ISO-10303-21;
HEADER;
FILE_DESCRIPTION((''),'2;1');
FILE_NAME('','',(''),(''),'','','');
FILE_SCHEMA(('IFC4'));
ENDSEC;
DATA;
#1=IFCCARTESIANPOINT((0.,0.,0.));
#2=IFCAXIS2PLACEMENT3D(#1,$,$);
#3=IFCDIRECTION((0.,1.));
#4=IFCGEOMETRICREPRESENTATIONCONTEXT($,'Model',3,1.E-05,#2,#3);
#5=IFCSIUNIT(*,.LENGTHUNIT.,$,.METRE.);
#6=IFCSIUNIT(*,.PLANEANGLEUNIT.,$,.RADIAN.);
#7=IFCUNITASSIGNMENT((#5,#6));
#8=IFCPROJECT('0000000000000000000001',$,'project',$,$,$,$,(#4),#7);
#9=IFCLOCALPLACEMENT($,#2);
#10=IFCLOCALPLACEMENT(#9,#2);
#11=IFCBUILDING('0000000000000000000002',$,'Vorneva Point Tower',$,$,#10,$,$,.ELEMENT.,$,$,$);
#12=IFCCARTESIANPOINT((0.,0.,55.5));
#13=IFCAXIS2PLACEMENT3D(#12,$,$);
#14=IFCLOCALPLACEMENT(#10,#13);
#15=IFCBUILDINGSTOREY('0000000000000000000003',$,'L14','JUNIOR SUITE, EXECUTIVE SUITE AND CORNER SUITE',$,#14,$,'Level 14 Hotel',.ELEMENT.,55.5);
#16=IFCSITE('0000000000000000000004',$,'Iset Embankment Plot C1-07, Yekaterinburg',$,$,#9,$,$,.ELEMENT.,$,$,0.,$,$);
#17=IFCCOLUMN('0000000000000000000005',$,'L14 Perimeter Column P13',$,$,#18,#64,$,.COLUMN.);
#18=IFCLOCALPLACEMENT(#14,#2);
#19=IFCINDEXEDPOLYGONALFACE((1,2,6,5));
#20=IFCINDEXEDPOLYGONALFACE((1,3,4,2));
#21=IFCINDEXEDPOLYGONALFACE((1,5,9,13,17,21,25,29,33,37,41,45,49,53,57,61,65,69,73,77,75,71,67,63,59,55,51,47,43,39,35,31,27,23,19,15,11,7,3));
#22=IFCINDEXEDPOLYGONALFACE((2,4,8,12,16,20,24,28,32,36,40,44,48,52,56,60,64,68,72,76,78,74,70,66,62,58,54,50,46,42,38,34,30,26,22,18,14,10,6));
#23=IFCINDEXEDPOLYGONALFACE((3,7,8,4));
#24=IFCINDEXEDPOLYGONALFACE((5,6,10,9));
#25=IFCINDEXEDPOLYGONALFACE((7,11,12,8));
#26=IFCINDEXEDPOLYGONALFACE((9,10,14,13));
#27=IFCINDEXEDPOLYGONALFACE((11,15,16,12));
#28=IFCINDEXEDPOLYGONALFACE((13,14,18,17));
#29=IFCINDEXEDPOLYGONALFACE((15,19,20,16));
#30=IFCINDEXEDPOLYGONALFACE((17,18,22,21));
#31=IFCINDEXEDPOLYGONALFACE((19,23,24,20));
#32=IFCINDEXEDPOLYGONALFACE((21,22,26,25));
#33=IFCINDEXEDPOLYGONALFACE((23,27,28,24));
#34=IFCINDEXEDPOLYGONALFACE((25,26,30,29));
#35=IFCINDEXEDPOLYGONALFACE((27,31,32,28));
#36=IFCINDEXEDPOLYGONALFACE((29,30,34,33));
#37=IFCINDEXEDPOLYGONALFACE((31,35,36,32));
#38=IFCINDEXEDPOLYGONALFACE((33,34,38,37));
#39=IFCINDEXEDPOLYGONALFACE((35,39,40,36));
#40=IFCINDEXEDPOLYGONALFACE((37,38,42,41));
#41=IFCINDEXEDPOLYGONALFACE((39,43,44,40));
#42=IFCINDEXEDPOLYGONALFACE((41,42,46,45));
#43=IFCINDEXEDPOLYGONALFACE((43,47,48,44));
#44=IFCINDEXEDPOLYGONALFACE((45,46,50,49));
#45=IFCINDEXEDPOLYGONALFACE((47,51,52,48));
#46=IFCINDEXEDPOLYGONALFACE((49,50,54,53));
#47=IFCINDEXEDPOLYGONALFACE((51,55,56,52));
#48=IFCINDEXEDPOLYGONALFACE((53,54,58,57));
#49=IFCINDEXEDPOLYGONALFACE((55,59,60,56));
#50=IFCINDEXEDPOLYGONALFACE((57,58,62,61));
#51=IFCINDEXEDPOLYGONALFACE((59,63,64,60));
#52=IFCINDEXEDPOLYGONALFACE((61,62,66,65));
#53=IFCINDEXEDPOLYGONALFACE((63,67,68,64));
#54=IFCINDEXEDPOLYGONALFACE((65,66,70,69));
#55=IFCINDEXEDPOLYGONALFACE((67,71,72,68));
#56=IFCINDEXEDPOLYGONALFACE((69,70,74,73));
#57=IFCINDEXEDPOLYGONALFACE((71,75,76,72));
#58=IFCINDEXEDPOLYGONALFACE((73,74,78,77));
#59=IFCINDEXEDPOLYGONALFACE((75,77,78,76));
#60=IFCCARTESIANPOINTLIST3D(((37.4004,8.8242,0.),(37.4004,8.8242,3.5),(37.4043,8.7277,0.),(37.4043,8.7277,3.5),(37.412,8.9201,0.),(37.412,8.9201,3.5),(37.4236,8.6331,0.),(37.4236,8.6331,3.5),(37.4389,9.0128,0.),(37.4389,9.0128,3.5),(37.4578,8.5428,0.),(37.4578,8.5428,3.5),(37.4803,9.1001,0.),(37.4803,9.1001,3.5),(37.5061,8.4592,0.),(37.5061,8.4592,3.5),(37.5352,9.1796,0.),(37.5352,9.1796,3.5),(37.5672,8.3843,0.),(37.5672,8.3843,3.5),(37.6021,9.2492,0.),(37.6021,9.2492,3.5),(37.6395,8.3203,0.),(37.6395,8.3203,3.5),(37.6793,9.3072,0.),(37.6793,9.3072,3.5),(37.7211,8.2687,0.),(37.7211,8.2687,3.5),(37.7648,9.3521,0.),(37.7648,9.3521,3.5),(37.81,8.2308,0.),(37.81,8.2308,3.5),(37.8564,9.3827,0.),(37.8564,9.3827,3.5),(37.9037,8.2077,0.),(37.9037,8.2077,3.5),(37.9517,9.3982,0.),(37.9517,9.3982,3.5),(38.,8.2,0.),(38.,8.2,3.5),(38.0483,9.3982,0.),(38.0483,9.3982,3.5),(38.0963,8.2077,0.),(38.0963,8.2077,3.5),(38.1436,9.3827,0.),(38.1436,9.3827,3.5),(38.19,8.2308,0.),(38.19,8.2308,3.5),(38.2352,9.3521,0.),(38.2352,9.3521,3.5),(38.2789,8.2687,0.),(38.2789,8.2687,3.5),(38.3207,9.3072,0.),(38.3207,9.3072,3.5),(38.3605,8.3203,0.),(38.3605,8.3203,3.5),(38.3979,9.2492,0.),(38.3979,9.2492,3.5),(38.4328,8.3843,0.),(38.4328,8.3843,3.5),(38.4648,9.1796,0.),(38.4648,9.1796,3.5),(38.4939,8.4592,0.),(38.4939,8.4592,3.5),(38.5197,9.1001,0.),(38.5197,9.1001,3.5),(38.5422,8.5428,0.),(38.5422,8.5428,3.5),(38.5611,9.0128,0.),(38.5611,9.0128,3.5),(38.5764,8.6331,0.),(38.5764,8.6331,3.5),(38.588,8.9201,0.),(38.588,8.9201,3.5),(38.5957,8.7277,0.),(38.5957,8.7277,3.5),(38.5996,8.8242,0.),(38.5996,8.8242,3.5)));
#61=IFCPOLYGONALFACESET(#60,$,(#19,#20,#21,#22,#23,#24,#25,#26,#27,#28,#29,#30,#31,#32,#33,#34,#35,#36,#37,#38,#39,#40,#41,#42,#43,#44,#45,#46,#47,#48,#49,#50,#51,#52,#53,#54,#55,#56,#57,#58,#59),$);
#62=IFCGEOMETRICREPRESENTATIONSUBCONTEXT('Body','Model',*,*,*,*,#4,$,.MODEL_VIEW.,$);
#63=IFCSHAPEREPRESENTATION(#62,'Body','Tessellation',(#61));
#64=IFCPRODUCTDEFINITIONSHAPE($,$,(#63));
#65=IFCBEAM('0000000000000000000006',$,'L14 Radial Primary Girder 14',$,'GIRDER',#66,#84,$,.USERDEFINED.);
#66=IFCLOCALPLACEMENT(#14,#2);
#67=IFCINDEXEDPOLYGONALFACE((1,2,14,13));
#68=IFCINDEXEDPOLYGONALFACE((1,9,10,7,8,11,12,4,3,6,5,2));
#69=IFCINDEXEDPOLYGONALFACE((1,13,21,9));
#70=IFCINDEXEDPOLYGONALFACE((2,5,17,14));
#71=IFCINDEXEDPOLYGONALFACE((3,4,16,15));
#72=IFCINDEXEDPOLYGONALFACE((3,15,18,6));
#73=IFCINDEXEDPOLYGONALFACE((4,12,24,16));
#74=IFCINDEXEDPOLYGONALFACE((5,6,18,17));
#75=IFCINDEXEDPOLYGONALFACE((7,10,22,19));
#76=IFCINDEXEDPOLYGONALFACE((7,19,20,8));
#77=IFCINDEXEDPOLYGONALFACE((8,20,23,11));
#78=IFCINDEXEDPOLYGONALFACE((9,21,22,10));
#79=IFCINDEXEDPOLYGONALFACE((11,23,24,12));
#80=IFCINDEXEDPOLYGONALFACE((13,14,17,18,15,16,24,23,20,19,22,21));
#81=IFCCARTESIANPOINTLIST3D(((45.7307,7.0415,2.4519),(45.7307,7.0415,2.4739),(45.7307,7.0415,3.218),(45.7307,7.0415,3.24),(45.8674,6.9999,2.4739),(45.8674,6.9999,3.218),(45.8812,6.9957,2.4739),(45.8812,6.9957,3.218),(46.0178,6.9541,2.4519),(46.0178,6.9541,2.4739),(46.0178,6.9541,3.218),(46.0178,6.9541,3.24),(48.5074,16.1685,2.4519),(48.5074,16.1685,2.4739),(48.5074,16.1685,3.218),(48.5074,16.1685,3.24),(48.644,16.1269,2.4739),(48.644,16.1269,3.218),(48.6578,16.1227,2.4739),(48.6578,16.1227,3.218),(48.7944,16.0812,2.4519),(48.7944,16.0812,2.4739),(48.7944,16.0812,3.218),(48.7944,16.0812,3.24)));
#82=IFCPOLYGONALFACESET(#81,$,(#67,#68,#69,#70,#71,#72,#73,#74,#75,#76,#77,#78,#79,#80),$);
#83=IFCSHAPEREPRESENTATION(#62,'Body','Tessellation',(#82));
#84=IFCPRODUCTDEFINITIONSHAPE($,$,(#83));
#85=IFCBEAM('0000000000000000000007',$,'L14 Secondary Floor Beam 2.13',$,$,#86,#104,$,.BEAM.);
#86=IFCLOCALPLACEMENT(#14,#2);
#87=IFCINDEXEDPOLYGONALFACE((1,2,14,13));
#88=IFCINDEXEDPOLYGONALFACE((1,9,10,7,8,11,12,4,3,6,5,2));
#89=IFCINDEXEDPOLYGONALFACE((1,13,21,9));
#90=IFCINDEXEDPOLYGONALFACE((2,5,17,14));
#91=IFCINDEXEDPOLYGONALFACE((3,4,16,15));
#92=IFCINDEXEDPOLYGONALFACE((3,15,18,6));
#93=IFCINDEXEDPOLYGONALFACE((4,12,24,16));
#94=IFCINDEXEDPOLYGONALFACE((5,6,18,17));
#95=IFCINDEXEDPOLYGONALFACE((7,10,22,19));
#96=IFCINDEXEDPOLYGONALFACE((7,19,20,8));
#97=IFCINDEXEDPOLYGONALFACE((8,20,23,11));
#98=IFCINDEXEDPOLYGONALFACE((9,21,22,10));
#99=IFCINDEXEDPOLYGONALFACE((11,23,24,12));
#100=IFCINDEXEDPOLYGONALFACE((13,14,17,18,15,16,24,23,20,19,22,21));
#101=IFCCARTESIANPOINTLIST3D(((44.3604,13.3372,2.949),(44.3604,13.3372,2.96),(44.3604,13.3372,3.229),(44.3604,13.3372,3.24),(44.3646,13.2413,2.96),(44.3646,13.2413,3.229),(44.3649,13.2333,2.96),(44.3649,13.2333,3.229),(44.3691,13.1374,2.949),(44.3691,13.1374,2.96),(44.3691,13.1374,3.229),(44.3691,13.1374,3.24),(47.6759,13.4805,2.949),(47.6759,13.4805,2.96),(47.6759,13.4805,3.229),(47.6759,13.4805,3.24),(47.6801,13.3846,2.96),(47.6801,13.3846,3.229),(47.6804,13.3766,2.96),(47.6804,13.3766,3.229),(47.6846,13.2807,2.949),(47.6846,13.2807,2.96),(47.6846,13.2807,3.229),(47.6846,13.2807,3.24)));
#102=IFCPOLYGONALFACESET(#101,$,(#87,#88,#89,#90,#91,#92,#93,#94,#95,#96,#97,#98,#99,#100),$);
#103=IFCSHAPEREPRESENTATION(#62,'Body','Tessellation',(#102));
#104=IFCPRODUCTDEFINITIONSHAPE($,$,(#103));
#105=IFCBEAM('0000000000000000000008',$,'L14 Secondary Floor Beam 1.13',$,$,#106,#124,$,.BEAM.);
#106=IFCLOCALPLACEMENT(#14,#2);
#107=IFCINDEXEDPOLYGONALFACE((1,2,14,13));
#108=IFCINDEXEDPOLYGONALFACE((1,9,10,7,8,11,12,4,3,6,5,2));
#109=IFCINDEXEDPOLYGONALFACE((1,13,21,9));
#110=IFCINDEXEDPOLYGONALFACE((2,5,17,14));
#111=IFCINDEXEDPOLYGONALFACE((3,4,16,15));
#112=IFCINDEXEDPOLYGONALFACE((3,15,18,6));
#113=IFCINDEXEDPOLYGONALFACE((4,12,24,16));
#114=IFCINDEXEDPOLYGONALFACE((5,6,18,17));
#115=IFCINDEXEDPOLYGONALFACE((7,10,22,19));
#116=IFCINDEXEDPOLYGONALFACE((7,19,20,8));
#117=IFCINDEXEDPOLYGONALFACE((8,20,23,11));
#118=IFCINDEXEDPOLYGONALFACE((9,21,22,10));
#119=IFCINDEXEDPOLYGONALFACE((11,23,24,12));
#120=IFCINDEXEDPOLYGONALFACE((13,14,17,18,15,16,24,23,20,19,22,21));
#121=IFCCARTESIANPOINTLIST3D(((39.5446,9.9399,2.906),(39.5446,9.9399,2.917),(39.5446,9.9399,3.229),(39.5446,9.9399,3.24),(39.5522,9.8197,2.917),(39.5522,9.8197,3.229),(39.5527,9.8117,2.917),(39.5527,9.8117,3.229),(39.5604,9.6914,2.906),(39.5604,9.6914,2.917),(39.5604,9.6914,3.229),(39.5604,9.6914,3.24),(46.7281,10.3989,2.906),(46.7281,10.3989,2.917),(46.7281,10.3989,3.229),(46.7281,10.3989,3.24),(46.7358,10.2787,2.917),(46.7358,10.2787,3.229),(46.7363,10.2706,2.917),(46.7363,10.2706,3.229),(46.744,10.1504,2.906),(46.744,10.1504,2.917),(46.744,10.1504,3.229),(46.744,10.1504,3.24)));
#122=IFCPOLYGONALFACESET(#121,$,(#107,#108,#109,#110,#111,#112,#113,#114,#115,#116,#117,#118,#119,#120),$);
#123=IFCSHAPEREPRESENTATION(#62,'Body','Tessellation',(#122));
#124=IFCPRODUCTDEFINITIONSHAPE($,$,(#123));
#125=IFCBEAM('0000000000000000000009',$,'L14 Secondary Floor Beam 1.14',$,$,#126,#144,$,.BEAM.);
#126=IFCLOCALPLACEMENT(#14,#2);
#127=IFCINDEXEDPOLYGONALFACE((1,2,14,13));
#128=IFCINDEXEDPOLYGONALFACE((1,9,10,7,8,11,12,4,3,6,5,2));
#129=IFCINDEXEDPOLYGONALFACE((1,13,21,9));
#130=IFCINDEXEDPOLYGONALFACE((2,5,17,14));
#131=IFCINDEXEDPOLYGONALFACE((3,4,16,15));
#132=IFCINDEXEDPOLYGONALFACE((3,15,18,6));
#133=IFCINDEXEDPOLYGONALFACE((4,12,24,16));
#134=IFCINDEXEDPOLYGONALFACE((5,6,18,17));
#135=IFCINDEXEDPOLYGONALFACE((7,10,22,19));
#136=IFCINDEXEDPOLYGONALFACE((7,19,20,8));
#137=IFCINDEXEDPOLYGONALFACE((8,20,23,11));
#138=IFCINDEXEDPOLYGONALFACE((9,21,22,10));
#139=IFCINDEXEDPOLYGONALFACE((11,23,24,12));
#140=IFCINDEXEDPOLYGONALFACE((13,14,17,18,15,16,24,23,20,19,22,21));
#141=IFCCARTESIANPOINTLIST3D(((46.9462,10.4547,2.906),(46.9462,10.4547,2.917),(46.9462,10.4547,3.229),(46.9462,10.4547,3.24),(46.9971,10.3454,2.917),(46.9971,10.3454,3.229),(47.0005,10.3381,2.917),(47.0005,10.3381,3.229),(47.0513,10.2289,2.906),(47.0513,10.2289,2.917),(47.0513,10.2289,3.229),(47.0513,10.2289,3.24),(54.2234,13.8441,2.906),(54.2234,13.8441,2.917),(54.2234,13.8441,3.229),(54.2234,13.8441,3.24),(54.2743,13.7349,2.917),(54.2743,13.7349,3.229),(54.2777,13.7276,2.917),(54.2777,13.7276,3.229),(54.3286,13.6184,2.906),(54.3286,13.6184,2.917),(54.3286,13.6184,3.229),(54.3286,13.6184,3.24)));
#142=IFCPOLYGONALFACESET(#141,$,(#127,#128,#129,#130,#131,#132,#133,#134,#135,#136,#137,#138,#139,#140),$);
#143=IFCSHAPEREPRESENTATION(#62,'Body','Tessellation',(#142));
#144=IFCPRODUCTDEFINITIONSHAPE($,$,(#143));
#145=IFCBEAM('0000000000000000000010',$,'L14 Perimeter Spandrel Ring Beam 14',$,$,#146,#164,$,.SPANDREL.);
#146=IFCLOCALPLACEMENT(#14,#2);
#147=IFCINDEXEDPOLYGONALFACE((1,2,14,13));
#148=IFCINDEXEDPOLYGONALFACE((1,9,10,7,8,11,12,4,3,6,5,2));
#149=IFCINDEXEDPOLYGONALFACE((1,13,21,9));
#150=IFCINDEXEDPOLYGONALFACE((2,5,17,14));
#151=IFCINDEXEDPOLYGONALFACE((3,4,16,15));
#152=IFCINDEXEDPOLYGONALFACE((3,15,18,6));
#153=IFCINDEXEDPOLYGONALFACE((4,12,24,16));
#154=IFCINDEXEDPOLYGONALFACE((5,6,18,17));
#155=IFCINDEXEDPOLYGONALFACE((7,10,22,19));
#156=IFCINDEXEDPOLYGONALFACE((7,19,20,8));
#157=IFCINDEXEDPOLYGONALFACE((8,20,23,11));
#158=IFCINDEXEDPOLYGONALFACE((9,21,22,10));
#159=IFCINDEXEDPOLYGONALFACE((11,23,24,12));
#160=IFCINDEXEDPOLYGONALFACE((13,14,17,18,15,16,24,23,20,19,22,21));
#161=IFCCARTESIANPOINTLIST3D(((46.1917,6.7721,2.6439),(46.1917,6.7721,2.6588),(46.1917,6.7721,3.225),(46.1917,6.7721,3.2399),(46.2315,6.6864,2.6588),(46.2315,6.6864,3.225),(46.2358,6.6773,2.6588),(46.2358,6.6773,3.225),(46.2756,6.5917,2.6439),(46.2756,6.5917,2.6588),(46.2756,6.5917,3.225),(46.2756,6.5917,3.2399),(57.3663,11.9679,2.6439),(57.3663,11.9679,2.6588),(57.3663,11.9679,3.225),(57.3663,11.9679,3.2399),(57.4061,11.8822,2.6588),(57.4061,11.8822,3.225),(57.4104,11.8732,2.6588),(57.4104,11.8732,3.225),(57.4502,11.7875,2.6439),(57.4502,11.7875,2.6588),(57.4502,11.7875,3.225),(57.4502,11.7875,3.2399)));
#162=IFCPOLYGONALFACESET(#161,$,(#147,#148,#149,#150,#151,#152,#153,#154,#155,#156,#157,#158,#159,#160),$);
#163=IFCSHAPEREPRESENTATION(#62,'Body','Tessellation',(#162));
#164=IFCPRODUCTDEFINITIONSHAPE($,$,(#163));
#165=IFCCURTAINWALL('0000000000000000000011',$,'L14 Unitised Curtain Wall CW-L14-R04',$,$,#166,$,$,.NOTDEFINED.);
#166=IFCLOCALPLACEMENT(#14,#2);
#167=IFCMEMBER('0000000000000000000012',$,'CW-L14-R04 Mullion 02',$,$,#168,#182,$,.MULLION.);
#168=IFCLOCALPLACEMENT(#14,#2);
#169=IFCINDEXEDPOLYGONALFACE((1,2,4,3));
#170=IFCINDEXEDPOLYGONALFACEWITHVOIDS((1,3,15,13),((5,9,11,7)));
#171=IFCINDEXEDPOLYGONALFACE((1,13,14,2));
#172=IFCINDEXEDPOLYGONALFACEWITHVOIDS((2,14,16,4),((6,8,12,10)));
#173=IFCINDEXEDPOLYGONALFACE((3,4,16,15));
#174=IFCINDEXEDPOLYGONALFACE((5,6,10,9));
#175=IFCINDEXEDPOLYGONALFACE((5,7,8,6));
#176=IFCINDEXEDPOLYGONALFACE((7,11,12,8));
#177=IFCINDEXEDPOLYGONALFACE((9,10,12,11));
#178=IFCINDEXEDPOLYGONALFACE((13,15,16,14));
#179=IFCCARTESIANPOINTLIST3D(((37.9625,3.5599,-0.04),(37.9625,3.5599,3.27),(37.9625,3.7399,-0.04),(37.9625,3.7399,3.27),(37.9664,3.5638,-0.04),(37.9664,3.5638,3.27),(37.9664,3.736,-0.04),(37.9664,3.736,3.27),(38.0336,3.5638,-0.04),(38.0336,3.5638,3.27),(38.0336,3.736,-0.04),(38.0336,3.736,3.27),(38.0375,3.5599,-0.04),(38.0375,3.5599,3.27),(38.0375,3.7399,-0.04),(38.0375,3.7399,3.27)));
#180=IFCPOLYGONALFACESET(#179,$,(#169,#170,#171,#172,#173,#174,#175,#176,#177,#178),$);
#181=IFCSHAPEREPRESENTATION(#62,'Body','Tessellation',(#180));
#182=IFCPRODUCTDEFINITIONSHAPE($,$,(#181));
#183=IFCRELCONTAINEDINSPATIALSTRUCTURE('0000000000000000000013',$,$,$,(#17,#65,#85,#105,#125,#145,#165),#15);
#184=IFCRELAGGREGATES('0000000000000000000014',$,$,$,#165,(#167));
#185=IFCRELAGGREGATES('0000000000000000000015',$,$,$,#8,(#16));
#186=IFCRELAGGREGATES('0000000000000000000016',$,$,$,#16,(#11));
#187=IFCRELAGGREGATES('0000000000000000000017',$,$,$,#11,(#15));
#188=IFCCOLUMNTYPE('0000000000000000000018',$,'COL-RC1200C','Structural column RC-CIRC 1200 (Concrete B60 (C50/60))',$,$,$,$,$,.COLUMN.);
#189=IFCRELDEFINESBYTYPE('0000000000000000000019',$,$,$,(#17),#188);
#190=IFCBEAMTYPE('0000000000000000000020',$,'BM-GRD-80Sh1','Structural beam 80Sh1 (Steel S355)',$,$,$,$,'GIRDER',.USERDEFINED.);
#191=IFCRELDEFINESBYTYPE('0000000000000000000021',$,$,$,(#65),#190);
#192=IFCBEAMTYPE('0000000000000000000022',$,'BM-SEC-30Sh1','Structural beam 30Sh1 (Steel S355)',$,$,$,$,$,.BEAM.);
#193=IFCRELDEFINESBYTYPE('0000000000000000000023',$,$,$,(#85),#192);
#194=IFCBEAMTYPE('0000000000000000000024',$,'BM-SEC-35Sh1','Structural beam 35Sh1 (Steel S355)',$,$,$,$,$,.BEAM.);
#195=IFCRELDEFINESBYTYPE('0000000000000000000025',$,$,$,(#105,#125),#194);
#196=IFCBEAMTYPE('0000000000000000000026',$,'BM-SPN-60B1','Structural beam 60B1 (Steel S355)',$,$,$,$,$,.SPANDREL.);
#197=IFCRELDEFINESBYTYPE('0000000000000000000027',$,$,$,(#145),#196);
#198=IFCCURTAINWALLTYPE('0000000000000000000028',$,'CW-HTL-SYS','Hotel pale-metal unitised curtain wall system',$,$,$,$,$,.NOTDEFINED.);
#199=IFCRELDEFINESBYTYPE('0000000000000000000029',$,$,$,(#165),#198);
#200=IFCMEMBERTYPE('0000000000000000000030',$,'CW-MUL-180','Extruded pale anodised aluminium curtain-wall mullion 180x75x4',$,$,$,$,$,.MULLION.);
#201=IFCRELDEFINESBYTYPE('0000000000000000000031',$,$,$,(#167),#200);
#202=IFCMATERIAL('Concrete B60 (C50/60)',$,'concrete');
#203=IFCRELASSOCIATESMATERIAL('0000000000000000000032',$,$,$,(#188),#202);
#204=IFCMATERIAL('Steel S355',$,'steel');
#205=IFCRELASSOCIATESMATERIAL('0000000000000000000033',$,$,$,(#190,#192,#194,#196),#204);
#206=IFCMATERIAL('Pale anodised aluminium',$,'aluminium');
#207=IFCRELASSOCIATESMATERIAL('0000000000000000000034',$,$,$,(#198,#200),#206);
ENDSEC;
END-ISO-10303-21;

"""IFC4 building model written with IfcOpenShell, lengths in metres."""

from ifc_helpers import new_model, si_unit, direction, frame, origin, origin_2d, place, context, subcontext, project, spatial, hollow_rectangle, circle, i_section, extrude, material, material_profile, profile_set, type_object, element, aggregate, save


model = new_model("IFC4")

# Units and contexts
model_context = context("Model", 3, precision=1e-05, world=origin(), true_north=direction((0.0, 1.0)))
body_context = subcontext(model_context, "Body", "Model", "MODEL_VIEW")
ifc_project = project(units=[si_unit("LENGTHUNIT", "METRE"), si_unit("PLANEANGLEUNIT", "RADIAN")], contexts=[model_context])

# Site, building, storey
site_placement = place(None, origin())
site = spatial("IfcSite", under=ifc_project, at=site_placement, Name="Iset Embankment Plot C1-07, Yekaterinburg", CompositionType="ELEMENT", RefElevation=0.0)
building_placement = place(site_placement, origin())
building = spatial("IfcBuilding", under=site, at=building_placement, Name="Vorneva Point Tower", CompositionType="ELEMENT")
storey_placement = place(building_placement, frame((0.0, 0.0, 55.5)))
storey = spatial("IfcBuildingStorey", under=building, at=storey_placement, Name="L14", Description="JUNIOR SUITE, EXECUTIVE SUITE AND CORNER SUITE", LongName="Level 14 Hotel", CompositionType="ELEMENT", Elevation=55.5)

# Column
ifc_material_1 = material(Name="Concrete B60 (C50/60)", Category="concrete")
ifc_material_profile_1 = material_profile(ifc_material_1, circle(Radius=0.6001, at=origin_2d()), Name="RC-CIRC 1200")
ifc_profile_set_1 = profile_set([ifc_material_profile_1], Name="Concrete B60 (C50/60)")
column_type = type_object("IfcColumnType", Name="COL-RC1200C", Description="Structural column RC-CIRC 1200 (Concrete B60 (C50/60))", PredefinedType="COLUMN", material=ifc_profile_set_1)
for number, where, z_axis, x_axis, name in (
    (1, (38.0, 8.8, 0.0), (0.0, 0.0, 1.0), (0.0, -1.0, 0.0), "L14 Perimeter Column P13"),
):
    element("IfcColumn", number, at=place(storey_placement, frame(where, z_axis=z_axis, x_axis=x_axis)), inside=storey, type_object=column_type, Name=name, PredefinedType="COLUMN", context=body_context, shape_type="SweptSolid", body=[
        extrude(circle(Radius=0.6001, at=origin_2d()), origin(), (0.0, 0.0, 1.0), 3.5),
    ])

# Beams
ifc_material_2 = material(Name="Steel S355", Category="steel")
ifc_material_profile_2 = material_profile(ifc_material_2, i_section(OverallWidth=0.3, OverallDepth=0.7881, WebThickness=0.0144, FlangeThickness=0.022, at=origin_2d()), Name="80Sh1")
ifc_profile_set_2 = profile_set([ifc_material_profile_2], Name="Steel S355")
beam_type_1 = type_object("IfcBeamType", Name="BM-GRD-80Sh1", Description="Structural beam 80Sh1 (Steel S355)", ElementType="GIRDER", PredefinedType="USERDEFINED", material=ifc_profile_set_2)
beam_1_placement = place(storey_placement, frame((45.8743, 6.9978, 2.8459), z_axis=(0.291051, 0.956708, 0.0), x_axis=(-0.956708, 0.291051, 0.0)))
element("IfcBeam", 2, at=beam_1_placement, inside=storey, type_object=beam_type_1, Name="L14 Radial Primary Girder 14", ObjectType="GIRDER", PredefinedType="USERDEFINED", context=body_context, shape_type="SweptSolid", body=[
    extrude(i_section(OverallWidth=0.3, OverallDepth=0.7881, WebThickness=0.0144, FlangeThickness=0.022, at=origin_2d()), origin(), (0.0, 0.0, 1.0), 9.54),
])
ifc_material_profile_3 = material_profile(ifc_material_2, i_section(OverallWidth=0.2, OverallDepth=0.291, WebThickness=0.0081, FlangeThickness=0.011, at=origin_2d()), Name="30Sh1")
ifc_profile_set_3 = profile_set([ifc_material_profile_3], Name="Steel S355")
beam_type_2 = type_object("IfcBeamType", Name="BM-SEC-30Sh1", Description="Structural beam 30Sh1 (Steel S355)", PredefinedType="BEAM", material=ifc_profile_set_3)
beam_2_placement = place(storey_placement, frame((44.3647, 13.2373, 3.0945), z_axis=(0.999067, 0.043185, 0.0), x_axis=(-0.043185, 0.999067, 0.0)))
element("IfcBeam", 3, at=beam_2_placement, inside=storey, type_object=beam_type_2, Name="L14 Secondary Floor Beam 2.13", PredefinedType="BEAM", context=body_context, shape_type="SweptSolid", body=[
    extrude(i_section(OverallWidth=0.2, OverallDepth=0.291, WebThickness=0.0081, FlangeThickness=0.011, at=origin_2d()), origin(), (0.0, 0.0, 1.0), 3.3186),
])
ifc_material_profile_4 = material_profile(ifc_material_2, i_section(OverallWidth=0.249, OverallDepth=0.334, WebThickness=0.0081, FlangeThickness=0.011, at=origin_2d()), Name="35Sh1")
ifc_profile_set_4 = profile_set([ifc_material_profile_4], Name="Steel S355")
beam_type_3 = type_object("IfcBeamType", Name="BM-SEC-35Sh1", Description="Structural beam 35Sh1 (Steel S355)", PredefinedType="BEAM", material=ifc_profile_set_4)
beam_3_placement = place(storey_placement, frame((39.5525, 9.8157, 3.073), z_axis=(0.997965, 0.063763, 0.0), x_axis=(-0.063763, 0.997965, 0.0)))
element("IfcBeam", 4, at=beam_3_placement, inside=storey, type_object=beam_type_3, Name="L14 Secondary Floor Beam 1.13", PredefinedType="BEAM", context=body_context, shape_type="SweptSolid", body=[
    extrude(i_section(OverallWidth=0.249, OverallDepth=0.334, WebThickness=0.0081, FlangeThickness=0.011, at=origin_2d()), origin(), (0.0, 0.0, 1.0), 7.1982),
])
beam_4_placement = place(storey_placement, frame((46.9988, 10.3418, 3.073), z_axis=(0.906497, 0.422213, 0.0), x_axis=(-0.422213, 0.906497, 0.0)))
element("IfcBeam", 5, at=beam_4_placement, inside=storey, type_object=beam_type_3, Name="L14 Secondary Floor Beam 1.14", PredefinedType="BEAM", context=body_context, shape_type="SweptSolid", body=[
    extrude(i_section(OverallWidth=0.249, OverallDepth=0.334, WebThickness=0.0081, FlangeThickness=0.011, at=origin_2d()), origin(), (0.0, 0.0, 1.0), 8.0278),
])
ifc_material_profile_5 = material_profile(ifc_material_2, i_section(OverallWidth=0.199, OverallDepth=0.5959, WebThickness=0.01, FlangeThickness=0.0149, at=origin_2d()), Name="60B1")
ifc_profile_set_5 = profile_set([ifc_material_profile_5], Name="Steel S355")
beam_type_4 = type_object("IfcBeamType", Name="BM-SPN-60B1", Description="Structural beam 60B1 (Steel S355)", PredefinedType="SPANDREL", material=ifc_profile_set_5)
beam_5_placement = place(storey_placement, frame((46.2336, 6.6819, 2.9419), z_axis=(0.906773, 0.421619, 0.0), x_axis=(-0.421619, 0.906773, 0.0)))
element("IfcBeam", 6, at=beam_5_placement, inside=storey, type_object=beam_type_4, Name="L14 Perimeter Spandrel Ring Beam 14", PredefinedType="SPANDREL", context=body_context, shape_type="SweptSolid", body=[
    extrude(i_section(OverallWidth=0.199, OverallDepth=0.5959, WebThickness=0.01, FlangeThickness=0.0149, at=origin_2d()), origin(), (0.0, 0.0, 1.0), 12.3235),
])

# Curtain wall, member
ifc_material_3 = material(Name="Pale anodised aluminium", Category="aluminium")
curtain_wall_type = type_object("IfcCurtainWallType", Name="CW-HTL-SYS", Description="Hotel pale-metal unitised curtain wall system", PredefinedType="NOTDEFINED", material=ifc_material_3)
curtain_wall_placement = place(storey_placement, origin())
curtain_wall = element("IfcCurtainWall", 7, at=curtain_wall_placement, inside=storey, type_object=curtain_wall_type, Name="L14 Unitised Curtain Wall CW-L14-R04", PredefinedType="NOTDEFINED")
ifc_material_profile_6 = material_profile(ifc_material_3, hollow_rectangle(XDim=0.075, YDim=0.1799, WallThickness=0.0039, at=origin_2d()), Name="AL-MUL 180x75x4")
ifc_profile_set_6 = profile_set([ifc_material_profile_6], Name="Pale anodised aluminium")
member_type_1 = type_object("IfcMemberType", Name="CW-MUL-180", Description="Extruded pale anodised aluminium curtain-wall mullion 180x75x4", PredefinedType="MULLION", material=ifc_profile_set_6)
member_1_placement = place(storey_placement, frame((38.0, 3.6499, -0.04), z_axis=(0.0, 0.0, 1.0), x_axis=(1.0, 0.0, 0.0)))
member_1 = element("IfcMember", 8, at=member_1_placement, type_object=member_type_1, Name="CW-L14-R04 Mullion 02", PredefinedType="MULLION", context=body_context, shape_type="SweptSolid", body=[
    extrude(hollow_rectangle(XDim=0.075, YDim=0.1799, WallThickness=0.0039, at=origin_2d()), origin(), (0.0, 0.0, 1.0), 3.3101),
])
aggregate(curtain_wall, [member_1])

save(model, "model.ifc")
